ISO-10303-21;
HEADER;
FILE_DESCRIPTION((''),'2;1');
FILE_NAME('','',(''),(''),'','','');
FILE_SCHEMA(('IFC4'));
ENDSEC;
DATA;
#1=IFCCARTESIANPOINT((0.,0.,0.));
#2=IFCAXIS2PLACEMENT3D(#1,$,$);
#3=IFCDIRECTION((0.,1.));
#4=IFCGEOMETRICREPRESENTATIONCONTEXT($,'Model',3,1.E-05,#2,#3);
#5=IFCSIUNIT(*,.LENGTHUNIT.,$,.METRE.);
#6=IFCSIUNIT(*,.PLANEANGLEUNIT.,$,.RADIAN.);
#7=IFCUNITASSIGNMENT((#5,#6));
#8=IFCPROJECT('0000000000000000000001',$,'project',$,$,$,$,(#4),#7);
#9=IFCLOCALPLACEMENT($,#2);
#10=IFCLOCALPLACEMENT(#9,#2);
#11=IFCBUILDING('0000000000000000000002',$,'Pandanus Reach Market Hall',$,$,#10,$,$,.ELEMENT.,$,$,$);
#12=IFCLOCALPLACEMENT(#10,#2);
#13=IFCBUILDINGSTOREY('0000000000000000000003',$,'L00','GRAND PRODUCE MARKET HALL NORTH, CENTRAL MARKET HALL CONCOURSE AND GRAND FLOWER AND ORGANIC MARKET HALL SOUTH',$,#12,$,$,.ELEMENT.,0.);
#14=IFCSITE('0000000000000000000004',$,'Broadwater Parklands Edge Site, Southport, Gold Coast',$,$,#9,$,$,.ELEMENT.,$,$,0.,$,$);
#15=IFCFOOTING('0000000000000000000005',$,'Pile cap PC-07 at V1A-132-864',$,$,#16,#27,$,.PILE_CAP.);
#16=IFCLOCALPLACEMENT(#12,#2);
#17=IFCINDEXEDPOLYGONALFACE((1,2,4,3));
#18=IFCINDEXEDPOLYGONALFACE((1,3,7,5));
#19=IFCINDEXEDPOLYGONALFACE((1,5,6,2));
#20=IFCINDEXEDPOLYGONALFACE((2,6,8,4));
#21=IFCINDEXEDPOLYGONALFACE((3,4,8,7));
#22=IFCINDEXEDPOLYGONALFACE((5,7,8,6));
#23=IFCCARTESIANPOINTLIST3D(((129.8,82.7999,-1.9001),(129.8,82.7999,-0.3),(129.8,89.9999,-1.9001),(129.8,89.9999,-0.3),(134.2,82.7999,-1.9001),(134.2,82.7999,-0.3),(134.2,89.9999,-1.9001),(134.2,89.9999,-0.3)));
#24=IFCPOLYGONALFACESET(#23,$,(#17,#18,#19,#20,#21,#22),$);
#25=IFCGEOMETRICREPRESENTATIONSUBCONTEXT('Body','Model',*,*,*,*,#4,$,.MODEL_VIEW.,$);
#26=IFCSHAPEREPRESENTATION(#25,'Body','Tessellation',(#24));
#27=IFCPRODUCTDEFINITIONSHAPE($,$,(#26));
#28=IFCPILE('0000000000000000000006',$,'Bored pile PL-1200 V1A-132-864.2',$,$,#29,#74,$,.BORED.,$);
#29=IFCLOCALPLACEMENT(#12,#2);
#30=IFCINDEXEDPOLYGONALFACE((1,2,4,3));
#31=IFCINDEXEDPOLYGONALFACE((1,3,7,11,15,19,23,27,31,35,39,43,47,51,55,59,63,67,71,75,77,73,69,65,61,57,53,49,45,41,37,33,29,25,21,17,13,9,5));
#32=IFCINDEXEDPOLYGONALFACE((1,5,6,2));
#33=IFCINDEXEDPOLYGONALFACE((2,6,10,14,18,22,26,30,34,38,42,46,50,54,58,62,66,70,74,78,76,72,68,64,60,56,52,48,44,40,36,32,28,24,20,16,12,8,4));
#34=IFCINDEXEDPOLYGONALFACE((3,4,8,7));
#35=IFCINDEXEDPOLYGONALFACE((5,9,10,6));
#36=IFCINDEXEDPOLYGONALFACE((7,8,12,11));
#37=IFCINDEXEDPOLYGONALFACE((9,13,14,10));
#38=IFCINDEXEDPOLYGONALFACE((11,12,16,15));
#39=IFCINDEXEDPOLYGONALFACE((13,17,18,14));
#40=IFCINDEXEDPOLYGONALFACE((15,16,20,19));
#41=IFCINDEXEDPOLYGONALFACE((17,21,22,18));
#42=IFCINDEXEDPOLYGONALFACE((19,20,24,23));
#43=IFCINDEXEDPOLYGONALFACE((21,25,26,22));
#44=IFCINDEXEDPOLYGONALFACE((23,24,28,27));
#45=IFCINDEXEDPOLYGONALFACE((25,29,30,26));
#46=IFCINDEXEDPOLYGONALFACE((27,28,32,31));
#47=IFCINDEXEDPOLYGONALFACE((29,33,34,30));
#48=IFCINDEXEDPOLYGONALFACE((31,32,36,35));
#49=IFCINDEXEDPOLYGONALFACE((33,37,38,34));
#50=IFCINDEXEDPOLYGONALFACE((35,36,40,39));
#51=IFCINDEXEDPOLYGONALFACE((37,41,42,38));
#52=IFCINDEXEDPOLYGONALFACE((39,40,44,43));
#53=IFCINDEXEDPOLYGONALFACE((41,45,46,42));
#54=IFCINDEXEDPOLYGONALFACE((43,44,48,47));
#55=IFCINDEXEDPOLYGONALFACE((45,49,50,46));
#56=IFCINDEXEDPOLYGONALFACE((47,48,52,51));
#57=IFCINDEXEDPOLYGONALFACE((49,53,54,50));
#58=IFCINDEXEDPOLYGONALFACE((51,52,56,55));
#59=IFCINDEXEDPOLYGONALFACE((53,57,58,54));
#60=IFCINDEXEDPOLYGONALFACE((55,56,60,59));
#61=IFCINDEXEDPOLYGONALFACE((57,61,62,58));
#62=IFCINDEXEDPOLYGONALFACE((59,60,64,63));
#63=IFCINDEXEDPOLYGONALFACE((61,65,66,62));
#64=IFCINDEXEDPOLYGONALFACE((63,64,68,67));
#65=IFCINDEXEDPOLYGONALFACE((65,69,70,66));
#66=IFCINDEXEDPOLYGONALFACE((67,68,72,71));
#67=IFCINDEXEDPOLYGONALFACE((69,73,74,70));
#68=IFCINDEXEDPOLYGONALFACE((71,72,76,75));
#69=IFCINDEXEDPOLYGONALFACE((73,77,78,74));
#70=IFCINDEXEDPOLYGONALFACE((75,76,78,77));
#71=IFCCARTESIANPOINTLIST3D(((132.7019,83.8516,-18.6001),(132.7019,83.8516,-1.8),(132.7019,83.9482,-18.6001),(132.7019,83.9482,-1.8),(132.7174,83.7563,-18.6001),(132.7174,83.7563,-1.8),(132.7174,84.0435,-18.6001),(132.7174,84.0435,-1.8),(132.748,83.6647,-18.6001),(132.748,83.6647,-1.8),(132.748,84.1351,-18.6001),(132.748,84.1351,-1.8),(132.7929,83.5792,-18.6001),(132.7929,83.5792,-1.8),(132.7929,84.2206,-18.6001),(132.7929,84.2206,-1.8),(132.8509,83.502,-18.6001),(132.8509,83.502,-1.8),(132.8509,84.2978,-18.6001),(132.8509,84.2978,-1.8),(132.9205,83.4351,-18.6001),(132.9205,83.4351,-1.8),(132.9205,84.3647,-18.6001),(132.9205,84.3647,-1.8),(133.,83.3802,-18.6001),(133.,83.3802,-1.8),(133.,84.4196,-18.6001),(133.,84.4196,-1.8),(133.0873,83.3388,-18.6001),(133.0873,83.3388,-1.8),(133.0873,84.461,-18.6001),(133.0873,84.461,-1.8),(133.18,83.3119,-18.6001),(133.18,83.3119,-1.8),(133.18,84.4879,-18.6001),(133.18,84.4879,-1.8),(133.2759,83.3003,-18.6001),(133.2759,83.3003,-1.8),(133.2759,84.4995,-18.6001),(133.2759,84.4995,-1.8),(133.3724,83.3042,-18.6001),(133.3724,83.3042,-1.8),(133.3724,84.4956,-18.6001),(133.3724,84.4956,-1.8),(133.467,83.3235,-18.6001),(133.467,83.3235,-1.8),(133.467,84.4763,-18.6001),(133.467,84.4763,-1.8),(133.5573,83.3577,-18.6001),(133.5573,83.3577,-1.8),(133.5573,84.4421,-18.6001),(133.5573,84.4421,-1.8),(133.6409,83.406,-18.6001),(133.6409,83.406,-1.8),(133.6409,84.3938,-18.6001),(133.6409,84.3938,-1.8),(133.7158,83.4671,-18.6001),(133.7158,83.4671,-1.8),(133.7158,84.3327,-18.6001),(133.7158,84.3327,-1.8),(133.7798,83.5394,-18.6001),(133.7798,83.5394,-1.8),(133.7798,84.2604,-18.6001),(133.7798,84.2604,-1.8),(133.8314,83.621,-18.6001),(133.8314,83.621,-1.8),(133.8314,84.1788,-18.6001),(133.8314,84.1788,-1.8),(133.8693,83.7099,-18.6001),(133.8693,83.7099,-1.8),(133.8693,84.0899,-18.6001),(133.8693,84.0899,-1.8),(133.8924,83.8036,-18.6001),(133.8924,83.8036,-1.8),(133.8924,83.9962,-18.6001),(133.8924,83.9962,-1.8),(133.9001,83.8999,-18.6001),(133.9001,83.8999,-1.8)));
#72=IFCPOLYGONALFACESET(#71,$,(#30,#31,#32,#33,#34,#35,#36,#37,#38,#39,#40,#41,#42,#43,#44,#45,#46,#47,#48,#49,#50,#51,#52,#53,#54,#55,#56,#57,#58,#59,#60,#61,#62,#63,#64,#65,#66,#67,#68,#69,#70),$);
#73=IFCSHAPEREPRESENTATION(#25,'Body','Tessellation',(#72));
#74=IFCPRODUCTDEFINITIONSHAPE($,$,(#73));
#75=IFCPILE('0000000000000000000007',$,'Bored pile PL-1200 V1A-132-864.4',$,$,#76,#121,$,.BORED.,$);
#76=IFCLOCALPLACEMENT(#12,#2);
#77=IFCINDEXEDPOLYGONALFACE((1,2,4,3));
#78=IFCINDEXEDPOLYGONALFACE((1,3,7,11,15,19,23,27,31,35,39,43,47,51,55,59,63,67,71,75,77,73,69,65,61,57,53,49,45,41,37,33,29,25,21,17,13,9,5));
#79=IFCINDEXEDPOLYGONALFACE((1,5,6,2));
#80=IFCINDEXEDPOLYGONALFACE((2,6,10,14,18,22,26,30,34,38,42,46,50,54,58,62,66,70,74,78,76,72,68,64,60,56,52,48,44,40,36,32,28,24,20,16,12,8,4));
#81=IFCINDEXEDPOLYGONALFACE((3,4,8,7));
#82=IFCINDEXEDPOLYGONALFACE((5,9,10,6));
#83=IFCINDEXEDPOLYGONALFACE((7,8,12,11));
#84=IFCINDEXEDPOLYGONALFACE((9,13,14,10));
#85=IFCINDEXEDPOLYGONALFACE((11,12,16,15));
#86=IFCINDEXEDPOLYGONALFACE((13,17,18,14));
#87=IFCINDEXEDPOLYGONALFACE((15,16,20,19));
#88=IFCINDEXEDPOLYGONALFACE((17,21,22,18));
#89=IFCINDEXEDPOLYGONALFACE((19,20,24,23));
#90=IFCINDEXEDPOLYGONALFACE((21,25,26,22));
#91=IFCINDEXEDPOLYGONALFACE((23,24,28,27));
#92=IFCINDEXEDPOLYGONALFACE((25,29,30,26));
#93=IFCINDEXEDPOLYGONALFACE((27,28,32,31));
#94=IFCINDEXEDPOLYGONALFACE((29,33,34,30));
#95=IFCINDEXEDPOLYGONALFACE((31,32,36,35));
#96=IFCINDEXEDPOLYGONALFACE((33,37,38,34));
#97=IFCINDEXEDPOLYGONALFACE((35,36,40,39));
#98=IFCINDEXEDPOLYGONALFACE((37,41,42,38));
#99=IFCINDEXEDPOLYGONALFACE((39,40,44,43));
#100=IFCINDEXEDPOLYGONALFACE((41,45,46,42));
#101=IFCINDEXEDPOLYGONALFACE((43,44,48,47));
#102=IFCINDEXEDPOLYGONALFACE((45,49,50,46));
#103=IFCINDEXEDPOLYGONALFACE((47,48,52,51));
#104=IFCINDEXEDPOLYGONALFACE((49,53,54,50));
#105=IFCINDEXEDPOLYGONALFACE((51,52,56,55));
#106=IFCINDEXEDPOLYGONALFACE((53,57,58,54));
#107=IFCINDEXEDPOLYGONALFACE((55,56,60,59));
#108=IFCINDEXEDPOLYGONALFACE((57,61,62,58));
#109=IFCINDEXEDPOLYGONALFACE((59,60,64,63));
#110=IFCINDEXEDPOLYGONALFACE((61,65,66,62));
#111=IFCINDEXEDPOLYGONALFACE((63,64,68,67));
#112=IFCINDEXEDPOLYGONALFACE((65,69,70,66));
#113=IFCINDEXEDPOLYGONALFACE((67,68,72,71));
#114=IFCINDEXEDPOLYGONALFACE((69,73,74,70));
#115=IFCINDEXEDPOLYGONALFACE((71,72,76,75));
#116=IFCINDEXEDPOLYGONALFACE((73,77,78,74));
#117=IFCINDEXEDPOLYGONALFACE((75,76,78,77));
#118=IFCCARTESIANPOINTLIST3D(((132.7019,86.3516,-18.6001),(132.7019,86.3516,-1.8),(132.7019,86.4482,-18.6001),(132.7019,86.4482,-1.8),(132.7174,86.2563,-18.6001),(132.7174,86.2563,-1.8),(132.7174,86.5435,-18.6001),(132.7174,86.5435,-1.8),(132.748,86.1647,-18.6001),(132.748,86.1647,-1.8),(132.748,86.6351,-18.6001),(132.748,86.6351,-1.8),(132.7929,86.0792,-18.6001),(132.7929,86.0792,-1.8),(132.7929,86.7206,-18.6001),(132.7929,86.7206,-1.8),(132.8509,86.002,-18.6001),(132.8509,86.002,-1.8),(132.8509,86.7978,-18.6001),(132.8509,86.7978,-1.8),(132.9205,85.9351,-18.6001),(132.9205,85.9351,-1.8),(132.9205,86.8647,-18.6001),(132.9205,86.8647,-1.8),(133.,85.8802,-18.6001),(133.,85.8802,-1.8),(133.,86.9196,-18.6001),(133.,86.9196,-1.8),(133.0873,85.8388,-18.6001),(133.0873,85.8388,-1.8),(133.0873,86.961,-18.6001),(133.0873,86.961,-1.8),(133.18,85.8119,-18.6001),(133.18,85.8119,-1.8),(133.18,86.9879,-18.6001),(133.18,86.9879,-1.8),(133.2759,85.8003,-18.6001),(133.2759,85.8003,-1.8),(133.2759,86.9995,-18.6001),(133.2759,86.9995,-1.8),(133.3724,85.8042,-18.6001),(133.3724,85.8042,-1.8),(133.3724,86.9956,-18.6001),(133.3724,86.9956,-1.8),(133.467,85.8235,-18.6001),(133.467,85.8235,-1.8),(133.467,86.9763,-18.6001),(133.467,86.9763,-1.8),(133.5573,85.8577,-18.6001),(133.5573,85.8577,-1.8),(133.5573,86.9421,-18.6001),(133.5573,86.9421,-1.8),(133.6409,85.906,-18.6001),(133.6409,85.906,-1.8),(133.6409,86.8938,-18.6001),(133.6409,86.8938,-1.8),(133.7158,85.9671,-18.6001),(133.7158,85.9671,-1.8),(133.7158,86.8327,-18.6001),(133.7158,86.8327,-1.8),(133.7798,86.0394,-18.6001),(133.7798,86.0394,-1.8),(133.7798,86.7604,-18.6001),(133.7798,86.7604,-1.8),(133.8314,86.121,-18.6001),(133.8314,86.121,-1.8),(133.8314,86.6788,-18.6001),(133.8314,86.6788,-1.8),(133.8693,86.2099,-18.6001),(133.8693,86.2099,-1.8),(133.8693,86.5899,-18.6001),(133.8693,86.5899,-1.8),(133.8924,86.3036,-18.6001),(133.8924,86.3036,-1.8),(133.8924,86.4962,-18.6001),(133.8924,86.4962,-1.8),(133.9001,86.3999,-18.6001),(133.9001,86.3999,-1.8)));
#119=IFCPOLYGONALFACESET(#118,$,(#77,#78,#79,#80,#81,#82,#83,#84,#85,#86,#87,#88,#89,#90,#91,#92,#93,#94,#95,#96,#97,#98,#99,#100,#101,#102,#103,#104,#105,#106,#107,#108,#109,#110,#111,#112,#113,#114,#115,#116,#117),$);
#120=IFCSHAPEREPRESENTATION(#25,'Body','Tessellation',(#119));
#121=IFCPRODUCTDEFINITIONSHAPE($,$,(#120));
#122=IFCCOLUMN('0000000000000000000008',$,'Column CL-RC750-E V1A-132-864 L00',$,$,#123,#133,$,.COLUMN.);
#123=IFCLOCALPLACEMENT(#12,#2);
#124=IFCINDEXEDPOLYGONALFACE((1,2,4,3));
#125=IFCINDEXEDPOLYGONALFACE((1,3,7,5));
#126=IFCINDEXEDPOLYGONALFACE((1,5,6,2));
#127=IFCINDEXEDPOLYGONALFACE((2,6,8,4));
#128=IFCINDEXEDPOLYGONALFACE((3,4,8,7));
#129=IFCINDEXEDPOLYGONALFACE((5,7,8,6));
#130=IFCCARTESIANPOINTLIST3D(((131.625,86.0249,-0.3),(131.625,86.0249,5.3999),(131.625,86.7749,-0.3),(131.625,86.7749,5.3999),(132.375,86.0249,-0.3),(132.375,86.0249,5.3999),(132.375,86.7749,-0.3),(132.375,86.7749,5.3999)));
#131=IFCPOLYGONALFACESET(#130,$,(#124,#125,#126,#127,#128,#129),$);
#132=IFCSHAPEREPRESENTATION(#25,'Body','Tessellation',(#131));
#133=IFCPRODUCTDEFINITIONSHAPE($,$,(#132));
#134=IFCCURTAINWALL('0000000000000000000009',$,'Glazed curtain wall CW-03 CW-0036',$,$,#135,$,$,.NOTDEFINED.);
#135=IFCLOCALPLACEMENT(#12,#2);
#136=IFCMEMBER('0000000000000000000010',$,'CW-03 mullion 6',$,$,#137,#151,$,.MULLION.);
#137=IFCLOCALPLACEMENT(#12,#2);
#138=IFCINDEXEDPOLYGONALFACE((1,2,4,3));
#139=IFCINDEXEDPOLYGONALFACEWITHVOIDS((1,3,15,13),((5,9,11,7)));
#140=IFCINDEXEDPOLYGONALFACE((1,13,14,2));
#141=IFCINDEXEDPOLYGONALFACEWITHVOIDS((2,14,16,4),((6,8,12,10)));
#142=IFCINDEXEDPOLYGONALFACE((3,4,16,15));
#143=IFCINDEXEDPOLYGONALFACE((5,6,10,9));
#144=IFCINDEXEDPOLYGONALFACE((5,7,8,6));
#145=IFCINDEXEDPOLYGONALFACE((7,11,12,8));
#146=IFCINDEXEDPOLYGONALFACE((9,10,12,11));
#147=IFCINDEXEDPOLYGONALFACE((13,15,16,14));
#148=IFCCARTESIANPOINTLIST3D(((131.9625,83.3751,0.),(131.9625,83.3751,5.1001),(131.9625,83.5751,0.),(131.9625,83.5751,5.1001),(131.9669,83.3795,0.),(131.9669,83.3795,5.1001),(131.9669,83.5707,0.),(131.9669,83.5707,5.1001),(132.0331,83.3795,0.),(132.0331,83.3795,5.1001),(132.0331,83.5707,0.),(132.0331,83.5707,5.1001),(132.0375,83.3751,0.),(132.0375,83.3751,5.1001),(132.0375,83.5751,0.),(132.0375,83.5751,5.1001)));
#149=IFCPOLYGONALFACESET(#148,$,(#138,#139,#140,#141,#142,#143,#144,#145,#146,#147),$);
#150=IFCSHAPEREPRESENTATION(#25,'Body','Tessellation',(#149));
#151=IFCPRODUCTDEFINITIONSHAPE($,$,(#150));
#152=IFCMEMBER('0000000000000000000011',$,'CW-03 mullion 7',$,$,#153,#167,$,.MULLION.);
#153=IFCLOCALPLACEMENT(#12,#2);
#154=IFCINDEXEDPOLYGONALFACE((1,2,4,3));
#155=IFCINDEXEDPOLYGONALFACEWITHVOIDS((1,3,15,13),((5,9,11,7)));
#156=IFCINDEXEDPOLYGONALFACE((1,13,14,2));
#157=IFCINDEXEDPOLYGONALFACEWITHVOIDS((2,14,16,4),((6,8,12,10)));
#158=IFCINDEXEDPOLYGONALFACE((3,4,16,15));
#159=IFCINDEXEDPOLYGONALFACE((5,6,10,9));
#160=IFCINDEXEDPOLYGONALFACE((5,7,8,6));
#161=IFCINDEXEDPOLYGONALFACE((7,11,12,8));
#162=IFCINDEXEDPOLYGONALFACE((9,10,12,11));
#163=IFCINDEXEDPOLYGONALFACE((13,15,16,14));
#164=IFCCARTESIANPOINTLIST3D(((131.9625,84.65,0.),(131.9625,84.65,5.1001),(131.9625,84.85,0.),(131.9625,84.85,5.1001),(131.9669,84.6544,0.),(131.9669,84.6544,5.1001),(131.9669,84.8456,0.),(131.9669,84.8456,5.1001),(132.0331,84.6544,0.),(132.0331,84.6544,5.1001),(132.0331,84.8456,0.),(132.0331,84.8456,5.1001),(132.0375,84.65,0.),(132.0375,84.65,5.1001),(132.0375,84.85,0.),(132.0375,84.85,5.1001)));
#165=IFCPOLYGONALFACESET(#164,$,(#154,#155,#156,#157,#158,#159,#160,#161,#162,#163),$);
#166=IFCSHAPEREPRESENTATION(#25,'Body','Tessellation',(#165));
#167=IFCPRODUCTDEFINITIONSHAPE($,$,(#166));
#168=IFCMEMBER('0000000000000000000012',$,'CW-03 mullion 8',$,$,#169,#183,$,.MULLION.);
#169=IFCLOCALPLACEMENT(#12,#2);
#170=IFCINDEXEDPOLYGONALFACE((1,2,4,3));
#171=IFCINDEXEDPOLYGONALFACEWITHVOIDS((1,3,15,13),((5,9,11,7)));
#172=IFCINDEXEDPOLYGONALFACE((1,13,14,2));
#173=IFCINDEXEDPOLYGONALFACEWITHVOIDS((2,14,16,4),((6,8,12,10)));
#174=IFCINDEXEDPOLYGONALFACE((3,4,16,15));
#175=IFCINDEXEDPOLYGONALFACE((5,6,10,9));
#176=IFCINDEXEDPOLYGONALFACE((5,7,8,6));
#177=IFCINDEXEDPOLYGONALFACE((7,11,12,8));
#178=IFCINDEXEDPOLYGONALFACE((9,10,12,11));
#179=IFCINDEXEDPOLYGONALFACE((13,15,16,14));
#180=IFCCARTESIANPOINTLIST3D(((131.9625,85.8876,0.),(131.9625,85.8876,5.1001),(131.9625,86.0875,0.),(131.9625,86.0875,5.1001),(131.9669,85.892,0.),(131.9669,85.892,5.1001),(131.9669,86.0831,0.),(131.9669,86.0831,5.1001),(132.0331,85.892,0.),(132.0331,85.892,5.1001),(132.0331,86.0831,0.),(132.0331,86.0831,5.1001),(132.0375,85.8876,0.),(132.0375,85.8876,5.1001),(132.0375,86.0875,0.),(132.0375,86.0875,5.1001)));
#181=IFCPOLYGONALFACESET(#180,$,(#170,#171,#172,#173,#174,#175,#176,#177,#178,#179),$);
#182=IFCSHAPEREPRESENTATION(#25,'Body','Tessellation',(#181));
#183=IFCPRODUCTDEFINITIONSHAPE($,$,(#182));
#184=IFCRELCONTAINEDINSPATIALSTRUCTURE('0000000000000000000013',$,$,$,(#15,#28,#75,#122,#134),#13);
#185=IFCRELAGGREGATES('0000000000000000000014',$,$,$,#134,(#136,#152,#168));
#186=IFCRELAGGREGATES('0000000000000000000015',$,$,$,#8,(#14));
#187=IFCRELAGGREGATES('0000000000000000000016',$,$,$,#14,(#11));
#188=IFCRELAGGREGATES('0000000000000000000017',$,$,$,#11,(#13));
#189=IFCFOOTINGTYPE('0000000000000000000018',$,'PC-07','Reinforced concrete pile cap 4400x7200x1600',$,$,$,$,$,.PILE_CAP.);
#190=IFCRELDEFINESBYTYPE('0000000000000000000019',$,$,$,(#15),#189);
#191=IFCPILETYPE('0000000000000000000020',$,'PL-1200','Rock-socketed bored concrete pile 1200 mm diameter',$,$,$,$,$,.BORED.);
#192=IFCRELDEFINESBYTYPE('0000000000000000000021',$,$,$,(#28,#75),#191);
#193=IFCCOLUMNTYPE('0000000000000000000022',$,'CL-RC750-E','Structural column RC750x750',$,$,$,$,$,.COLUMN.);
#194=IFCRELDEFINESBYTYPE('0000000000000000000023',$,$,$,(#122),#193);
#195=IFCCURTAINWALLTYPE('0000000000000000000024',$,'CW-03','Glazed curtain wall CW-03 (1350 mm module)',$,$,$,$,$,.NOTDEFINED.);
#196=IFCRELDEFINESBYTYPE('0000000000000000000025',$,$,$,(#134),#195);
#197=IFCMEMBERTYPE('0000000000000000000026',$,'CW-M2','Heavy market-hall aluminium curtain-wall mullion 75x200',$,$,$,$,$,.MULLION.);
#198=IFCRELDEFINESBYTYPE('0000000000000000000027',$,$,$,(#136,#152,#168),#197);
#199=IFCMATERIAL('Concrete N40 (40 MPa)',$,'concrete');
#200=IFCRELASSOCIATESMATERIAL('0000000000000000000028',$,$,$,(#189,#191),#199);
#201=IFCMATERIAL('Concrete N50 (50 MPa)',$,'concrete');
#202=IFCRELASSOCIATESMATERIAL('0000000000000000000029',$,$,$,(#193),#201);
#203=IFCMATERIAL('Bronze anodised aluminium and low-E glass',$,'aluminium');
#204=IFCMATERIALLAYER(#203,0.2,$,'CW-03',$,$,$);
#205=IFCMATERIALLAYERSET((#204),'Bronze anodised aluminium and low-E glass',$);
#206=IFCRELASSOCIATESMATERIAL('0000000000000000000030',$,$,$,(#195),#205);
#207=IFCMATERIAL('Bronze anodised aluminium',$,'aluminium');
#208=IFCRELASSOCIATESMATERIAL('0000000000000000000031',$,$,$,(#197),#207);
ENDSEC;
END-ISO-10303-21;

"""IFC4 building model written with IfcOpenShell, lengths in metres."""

from ifc_helpers import new_model, si_unit, direction, frame, origin, origin_2d, place, context, subcontext, project, spatial, rectangle, hollow_rectangle, circle, extrude, material, layer, layer_set, material_profile, profile_set, type_object, element, aggregate, save


model = new_model("IFC4")

# Units and contexts
model_context = context("Model", 3, precision=1e-05, world=origin(), true_north=direction((0.0, 1.0)))
body_context = subcontext(model_context, "Body", "Model", "MODEL_VIEW")
ifc_project = project(units=[si_unit("LENGTHUNIT", "METRE"), si_unit("PLANEANGLEUNIT", "RADIAN")], contexts=[model_context])

# Site, building, storey
site_placement = place(None, origin())
site = spatial("IfcSite", under=ifc_project, at=site_placement, Name="Broadwater Parklands Edge Site, Southport, Gold Coast", CompositionType="ELEMENT", RefElevation=0.0)
building_placement = place(site_placement, origin())
building = spatial("IfcBuilding", under=site, at=building_placement, Name="Pandanus Reach Market Hall", CompositionType="ELEMENT")
storey_placement = place(building_placement, origin())
storey = spatial("IfcBuildingStorey", under=building, at=storey_placement, Name="L00", Description="GRAND PRODUCE MARKET HALL NORTH, CENTRAL MARKET HALL CONCOURSE AND GRAND FLOWER AND ORGANIC MARKET HALL SOUTH", CompositionType="ELEMENT", Elevation=0.0)

# Footing
ifc_material_1 = material(Name="Concrete N40 (40 MPa)", Category="concrete")
footing_type = type_object("IfcFootingType", Name="PC-07", Description="Reinforced concrete pile cap 4400x7200x1600", PredefinedType="PILE_CAP", material=ifc_material_1)
footing_placement = place(storey_placement, frame((132.0, 86.3999, -1.9001), z_axis=(0.0, 0.0, 1.0), x_axis=(1.0, 0.0, 0.0)))
element("IfcFooting", 1, at=footing_placement, inside=storey, type_object=footing_type, Name="Pile cap PC-07 at V1A-132-864", PredefinedType="PILE_CAP", context=body_context, shape_type="SweptSolid", body=[
    extrude(rectangle(XDim=4.3999, YDim=7.2, at=origin_2d()), origin(), (0.0, 0.0, 1.0), 1.6001),
])

# Piles
ifc_material_profile_1 = material_profile(ifc_material_1, circle(Radius=0.6001, at=origin_2d()), Name="PILE-1200D", Category="LoadBearing")
ifc_profile_set_1 = profile_set([ifc_material_profile_1], Name="Concrete N40 (40 MPa)")
pile_type = type_object("IfcPileType", Name="PL-1200", Description="Rock-socketed bored concrete pile 1200 mm diameter", PredefinedType="BORED", material=ifc_profile_set_1)
for number, where, z_axis, x_axis, name in (
    (2, (133.3, 83.8999, -1.8), (0.0, 0.0, -1.0), (1.0, 0.0, 0.0), "Bored pile PL-1200 V1A-132-864.2"),
    (3, (133.3, 86.3999, -1.8), (0.0, 0.0, -1.0), (1.0, 0.0, 0.0), "Bored pile PL-1200 V1A-132-864.4"),
):
    element("IfcPile", number, at=place(storey_placement, frame(where, z_axis=z_axis, x_axis=x_axis)), inside=storey, type_object=pile_type, Name=name, PredefinedType="BORED", context=body_context, shape_type="SweptSolid", body=[
        extrude(circle(Radius=0.6001, at=origin_2d()), origin(), (0.0, 0.0, 1.0), 16.8),
    ])

# Column
ifc_material_2 = material(Name="Concrete N50 (50 MPa)", Category="concrete")
ifc_material_profile_2 = material_profile(ifc_material_2, rectangle(XDim=0.75, YDim=0.75, at=origin_2d()), Name="RC750x750", Category="LoadBearing")
ifc_profile_set_2 = profile_set([ifc_material_profile_2], Name="Concrete N50 (50 MPa)")
column_type = type_object("IfcColumnType", Name="CL-RC750-E", Description="Structural column RC750x750", PredefinedType="COLUMN", material=ifc_profile_set_2)
column_placement = place(storey_placement, frame((132.0, 86.3999, -0.3), z_axis=(0.0, 0.0, 1.0), x_axis=(1.0, 0.0, 0.0)))
element("IfcColumn", 4, at=column_placement, inside=storey, type_object=column_type, Name="Column CL-RC750-E V1A-132-864 L00", PredefinedType="COLUMN", context=body_context, shape_type="SweptSolid", body=[
    extrude(rectangle(XDim=0.75, YDim=0.75, at=origin_2d()), origin(), (0.0, 0.0, 1.0), 5.7),
])

# Curtain wall, members
ifc_material_3 = material(Name="Bronze anodised aluminium and low-E glass", Category="aluminium")
ifc_layer_1 = layer(ifc_material_3, 0.2, Name="CW-03")
ifc_layer_set_1 = layer_set([ifc_layer_1], Name="Bronze anodised aluminium and low-E glass")
curtain_wall_type_1 = type_object("IfcCurtainWallType", Name="CW-03", Description="Glazed curtain wall CW-03 (1350 mm module)", PredefinedType="NOTDEFINED", material=ifc_layer_set_1)
curtain_wall_1_placement = place(storey_placement, origin())
curtain_wall_1 = element("IfcCurtainWall", 5, at=curtain_wall_1_placement, inside=storey, type_object=curtain_wall_type_1, Name="Glazed curtain wall CW-03 CW-0036", PredefinedType="NOTDEFINED")
ifc_material_4 = material(Name="Bronze anodised aluminium", Category="aluminium")
ifc_material_profile_3 = material_profile(ifc_material_4, hollow_rectangle(XDim=0.075, YDim=0.2, WallThickness=0.0044, at=origin_2d()), Name="ALU75x200", Category="LoadBearing")
ifc_profile_set_3 = profile_set([ifc_material_profile_3], Name="Bronze anodised aluminium")
member_type_1 = type_object("IfcMemberType", Name="CW-M2", Description="Heavy market-hall aluminium curtain-wall mullion 75x200", PredefinedType="MULLION", material=ifc_profile_set_3)
member_1_placement = place(storey_placement, frame((132.0, 83.4751, 0.0), z_axis=(0.0, 0.0, 1.0), x_axis=(-1.0, 0.0, 0.0)))
member_1 = element("IfcMember", 6, at=member_1_placement, type_object=member_type_1, Name="CW-03 mullion 6", PredefinedType="MULLION", context=body_context, shape_type="SweptSolid", body=[
    extrude(hollow_rectangle(XDim=0.075, YDim=0.2, WallThickness=0.0044, at=origin_2d()), origin(), (0.0, 0.0, 1.0), 5.1001),
])
member_2_placement = place(storey_placement, frame((132.0, 84.75, 0.0), z_axis=(0.0, 0.0, 1.0), x_axis=(-1.0, 0.0, 0.0)))
member_2 = element("IfcMember", 7, at=member_2_placement, type_object=member_type_1, Name="CW-03 mullion 7", PredefinedType="MULLION", context=body_context, shape_type="SweptSolid", body=[
    extrude(hollow_rectangle(XDim=0.075, YDim=0.2, WallThickness=0.0044, at=origin_2d()), origin(), (0.0, 0.0, 1.0), 5.1001),
])
member_3_placement = place(storey_placement, frame((132.0, 85.9875, 0.0), z_axis=(0.0, 0.0, 1.0), x_axis=(-1.0, 0.0, 0.0)))
member_3 = element("IfcMember", 8, at=member_3_placement, type_object=member_type_1, Name="CW-03 mullion 8", PredefinedType="MULLION", context=body_context, shape_type="SweptSolid", body=[
    extrude(hollow_rectangle(XDim=0.075, YDim=0.2, WallThickness=0.0044, at=origin_2d()), origin(), (0.0, 0.0, 1.0), 5.1001),
])

aggregate(curtain_wall_1, [member_1, member_2, member_3])

save(model, "model.ifc")
